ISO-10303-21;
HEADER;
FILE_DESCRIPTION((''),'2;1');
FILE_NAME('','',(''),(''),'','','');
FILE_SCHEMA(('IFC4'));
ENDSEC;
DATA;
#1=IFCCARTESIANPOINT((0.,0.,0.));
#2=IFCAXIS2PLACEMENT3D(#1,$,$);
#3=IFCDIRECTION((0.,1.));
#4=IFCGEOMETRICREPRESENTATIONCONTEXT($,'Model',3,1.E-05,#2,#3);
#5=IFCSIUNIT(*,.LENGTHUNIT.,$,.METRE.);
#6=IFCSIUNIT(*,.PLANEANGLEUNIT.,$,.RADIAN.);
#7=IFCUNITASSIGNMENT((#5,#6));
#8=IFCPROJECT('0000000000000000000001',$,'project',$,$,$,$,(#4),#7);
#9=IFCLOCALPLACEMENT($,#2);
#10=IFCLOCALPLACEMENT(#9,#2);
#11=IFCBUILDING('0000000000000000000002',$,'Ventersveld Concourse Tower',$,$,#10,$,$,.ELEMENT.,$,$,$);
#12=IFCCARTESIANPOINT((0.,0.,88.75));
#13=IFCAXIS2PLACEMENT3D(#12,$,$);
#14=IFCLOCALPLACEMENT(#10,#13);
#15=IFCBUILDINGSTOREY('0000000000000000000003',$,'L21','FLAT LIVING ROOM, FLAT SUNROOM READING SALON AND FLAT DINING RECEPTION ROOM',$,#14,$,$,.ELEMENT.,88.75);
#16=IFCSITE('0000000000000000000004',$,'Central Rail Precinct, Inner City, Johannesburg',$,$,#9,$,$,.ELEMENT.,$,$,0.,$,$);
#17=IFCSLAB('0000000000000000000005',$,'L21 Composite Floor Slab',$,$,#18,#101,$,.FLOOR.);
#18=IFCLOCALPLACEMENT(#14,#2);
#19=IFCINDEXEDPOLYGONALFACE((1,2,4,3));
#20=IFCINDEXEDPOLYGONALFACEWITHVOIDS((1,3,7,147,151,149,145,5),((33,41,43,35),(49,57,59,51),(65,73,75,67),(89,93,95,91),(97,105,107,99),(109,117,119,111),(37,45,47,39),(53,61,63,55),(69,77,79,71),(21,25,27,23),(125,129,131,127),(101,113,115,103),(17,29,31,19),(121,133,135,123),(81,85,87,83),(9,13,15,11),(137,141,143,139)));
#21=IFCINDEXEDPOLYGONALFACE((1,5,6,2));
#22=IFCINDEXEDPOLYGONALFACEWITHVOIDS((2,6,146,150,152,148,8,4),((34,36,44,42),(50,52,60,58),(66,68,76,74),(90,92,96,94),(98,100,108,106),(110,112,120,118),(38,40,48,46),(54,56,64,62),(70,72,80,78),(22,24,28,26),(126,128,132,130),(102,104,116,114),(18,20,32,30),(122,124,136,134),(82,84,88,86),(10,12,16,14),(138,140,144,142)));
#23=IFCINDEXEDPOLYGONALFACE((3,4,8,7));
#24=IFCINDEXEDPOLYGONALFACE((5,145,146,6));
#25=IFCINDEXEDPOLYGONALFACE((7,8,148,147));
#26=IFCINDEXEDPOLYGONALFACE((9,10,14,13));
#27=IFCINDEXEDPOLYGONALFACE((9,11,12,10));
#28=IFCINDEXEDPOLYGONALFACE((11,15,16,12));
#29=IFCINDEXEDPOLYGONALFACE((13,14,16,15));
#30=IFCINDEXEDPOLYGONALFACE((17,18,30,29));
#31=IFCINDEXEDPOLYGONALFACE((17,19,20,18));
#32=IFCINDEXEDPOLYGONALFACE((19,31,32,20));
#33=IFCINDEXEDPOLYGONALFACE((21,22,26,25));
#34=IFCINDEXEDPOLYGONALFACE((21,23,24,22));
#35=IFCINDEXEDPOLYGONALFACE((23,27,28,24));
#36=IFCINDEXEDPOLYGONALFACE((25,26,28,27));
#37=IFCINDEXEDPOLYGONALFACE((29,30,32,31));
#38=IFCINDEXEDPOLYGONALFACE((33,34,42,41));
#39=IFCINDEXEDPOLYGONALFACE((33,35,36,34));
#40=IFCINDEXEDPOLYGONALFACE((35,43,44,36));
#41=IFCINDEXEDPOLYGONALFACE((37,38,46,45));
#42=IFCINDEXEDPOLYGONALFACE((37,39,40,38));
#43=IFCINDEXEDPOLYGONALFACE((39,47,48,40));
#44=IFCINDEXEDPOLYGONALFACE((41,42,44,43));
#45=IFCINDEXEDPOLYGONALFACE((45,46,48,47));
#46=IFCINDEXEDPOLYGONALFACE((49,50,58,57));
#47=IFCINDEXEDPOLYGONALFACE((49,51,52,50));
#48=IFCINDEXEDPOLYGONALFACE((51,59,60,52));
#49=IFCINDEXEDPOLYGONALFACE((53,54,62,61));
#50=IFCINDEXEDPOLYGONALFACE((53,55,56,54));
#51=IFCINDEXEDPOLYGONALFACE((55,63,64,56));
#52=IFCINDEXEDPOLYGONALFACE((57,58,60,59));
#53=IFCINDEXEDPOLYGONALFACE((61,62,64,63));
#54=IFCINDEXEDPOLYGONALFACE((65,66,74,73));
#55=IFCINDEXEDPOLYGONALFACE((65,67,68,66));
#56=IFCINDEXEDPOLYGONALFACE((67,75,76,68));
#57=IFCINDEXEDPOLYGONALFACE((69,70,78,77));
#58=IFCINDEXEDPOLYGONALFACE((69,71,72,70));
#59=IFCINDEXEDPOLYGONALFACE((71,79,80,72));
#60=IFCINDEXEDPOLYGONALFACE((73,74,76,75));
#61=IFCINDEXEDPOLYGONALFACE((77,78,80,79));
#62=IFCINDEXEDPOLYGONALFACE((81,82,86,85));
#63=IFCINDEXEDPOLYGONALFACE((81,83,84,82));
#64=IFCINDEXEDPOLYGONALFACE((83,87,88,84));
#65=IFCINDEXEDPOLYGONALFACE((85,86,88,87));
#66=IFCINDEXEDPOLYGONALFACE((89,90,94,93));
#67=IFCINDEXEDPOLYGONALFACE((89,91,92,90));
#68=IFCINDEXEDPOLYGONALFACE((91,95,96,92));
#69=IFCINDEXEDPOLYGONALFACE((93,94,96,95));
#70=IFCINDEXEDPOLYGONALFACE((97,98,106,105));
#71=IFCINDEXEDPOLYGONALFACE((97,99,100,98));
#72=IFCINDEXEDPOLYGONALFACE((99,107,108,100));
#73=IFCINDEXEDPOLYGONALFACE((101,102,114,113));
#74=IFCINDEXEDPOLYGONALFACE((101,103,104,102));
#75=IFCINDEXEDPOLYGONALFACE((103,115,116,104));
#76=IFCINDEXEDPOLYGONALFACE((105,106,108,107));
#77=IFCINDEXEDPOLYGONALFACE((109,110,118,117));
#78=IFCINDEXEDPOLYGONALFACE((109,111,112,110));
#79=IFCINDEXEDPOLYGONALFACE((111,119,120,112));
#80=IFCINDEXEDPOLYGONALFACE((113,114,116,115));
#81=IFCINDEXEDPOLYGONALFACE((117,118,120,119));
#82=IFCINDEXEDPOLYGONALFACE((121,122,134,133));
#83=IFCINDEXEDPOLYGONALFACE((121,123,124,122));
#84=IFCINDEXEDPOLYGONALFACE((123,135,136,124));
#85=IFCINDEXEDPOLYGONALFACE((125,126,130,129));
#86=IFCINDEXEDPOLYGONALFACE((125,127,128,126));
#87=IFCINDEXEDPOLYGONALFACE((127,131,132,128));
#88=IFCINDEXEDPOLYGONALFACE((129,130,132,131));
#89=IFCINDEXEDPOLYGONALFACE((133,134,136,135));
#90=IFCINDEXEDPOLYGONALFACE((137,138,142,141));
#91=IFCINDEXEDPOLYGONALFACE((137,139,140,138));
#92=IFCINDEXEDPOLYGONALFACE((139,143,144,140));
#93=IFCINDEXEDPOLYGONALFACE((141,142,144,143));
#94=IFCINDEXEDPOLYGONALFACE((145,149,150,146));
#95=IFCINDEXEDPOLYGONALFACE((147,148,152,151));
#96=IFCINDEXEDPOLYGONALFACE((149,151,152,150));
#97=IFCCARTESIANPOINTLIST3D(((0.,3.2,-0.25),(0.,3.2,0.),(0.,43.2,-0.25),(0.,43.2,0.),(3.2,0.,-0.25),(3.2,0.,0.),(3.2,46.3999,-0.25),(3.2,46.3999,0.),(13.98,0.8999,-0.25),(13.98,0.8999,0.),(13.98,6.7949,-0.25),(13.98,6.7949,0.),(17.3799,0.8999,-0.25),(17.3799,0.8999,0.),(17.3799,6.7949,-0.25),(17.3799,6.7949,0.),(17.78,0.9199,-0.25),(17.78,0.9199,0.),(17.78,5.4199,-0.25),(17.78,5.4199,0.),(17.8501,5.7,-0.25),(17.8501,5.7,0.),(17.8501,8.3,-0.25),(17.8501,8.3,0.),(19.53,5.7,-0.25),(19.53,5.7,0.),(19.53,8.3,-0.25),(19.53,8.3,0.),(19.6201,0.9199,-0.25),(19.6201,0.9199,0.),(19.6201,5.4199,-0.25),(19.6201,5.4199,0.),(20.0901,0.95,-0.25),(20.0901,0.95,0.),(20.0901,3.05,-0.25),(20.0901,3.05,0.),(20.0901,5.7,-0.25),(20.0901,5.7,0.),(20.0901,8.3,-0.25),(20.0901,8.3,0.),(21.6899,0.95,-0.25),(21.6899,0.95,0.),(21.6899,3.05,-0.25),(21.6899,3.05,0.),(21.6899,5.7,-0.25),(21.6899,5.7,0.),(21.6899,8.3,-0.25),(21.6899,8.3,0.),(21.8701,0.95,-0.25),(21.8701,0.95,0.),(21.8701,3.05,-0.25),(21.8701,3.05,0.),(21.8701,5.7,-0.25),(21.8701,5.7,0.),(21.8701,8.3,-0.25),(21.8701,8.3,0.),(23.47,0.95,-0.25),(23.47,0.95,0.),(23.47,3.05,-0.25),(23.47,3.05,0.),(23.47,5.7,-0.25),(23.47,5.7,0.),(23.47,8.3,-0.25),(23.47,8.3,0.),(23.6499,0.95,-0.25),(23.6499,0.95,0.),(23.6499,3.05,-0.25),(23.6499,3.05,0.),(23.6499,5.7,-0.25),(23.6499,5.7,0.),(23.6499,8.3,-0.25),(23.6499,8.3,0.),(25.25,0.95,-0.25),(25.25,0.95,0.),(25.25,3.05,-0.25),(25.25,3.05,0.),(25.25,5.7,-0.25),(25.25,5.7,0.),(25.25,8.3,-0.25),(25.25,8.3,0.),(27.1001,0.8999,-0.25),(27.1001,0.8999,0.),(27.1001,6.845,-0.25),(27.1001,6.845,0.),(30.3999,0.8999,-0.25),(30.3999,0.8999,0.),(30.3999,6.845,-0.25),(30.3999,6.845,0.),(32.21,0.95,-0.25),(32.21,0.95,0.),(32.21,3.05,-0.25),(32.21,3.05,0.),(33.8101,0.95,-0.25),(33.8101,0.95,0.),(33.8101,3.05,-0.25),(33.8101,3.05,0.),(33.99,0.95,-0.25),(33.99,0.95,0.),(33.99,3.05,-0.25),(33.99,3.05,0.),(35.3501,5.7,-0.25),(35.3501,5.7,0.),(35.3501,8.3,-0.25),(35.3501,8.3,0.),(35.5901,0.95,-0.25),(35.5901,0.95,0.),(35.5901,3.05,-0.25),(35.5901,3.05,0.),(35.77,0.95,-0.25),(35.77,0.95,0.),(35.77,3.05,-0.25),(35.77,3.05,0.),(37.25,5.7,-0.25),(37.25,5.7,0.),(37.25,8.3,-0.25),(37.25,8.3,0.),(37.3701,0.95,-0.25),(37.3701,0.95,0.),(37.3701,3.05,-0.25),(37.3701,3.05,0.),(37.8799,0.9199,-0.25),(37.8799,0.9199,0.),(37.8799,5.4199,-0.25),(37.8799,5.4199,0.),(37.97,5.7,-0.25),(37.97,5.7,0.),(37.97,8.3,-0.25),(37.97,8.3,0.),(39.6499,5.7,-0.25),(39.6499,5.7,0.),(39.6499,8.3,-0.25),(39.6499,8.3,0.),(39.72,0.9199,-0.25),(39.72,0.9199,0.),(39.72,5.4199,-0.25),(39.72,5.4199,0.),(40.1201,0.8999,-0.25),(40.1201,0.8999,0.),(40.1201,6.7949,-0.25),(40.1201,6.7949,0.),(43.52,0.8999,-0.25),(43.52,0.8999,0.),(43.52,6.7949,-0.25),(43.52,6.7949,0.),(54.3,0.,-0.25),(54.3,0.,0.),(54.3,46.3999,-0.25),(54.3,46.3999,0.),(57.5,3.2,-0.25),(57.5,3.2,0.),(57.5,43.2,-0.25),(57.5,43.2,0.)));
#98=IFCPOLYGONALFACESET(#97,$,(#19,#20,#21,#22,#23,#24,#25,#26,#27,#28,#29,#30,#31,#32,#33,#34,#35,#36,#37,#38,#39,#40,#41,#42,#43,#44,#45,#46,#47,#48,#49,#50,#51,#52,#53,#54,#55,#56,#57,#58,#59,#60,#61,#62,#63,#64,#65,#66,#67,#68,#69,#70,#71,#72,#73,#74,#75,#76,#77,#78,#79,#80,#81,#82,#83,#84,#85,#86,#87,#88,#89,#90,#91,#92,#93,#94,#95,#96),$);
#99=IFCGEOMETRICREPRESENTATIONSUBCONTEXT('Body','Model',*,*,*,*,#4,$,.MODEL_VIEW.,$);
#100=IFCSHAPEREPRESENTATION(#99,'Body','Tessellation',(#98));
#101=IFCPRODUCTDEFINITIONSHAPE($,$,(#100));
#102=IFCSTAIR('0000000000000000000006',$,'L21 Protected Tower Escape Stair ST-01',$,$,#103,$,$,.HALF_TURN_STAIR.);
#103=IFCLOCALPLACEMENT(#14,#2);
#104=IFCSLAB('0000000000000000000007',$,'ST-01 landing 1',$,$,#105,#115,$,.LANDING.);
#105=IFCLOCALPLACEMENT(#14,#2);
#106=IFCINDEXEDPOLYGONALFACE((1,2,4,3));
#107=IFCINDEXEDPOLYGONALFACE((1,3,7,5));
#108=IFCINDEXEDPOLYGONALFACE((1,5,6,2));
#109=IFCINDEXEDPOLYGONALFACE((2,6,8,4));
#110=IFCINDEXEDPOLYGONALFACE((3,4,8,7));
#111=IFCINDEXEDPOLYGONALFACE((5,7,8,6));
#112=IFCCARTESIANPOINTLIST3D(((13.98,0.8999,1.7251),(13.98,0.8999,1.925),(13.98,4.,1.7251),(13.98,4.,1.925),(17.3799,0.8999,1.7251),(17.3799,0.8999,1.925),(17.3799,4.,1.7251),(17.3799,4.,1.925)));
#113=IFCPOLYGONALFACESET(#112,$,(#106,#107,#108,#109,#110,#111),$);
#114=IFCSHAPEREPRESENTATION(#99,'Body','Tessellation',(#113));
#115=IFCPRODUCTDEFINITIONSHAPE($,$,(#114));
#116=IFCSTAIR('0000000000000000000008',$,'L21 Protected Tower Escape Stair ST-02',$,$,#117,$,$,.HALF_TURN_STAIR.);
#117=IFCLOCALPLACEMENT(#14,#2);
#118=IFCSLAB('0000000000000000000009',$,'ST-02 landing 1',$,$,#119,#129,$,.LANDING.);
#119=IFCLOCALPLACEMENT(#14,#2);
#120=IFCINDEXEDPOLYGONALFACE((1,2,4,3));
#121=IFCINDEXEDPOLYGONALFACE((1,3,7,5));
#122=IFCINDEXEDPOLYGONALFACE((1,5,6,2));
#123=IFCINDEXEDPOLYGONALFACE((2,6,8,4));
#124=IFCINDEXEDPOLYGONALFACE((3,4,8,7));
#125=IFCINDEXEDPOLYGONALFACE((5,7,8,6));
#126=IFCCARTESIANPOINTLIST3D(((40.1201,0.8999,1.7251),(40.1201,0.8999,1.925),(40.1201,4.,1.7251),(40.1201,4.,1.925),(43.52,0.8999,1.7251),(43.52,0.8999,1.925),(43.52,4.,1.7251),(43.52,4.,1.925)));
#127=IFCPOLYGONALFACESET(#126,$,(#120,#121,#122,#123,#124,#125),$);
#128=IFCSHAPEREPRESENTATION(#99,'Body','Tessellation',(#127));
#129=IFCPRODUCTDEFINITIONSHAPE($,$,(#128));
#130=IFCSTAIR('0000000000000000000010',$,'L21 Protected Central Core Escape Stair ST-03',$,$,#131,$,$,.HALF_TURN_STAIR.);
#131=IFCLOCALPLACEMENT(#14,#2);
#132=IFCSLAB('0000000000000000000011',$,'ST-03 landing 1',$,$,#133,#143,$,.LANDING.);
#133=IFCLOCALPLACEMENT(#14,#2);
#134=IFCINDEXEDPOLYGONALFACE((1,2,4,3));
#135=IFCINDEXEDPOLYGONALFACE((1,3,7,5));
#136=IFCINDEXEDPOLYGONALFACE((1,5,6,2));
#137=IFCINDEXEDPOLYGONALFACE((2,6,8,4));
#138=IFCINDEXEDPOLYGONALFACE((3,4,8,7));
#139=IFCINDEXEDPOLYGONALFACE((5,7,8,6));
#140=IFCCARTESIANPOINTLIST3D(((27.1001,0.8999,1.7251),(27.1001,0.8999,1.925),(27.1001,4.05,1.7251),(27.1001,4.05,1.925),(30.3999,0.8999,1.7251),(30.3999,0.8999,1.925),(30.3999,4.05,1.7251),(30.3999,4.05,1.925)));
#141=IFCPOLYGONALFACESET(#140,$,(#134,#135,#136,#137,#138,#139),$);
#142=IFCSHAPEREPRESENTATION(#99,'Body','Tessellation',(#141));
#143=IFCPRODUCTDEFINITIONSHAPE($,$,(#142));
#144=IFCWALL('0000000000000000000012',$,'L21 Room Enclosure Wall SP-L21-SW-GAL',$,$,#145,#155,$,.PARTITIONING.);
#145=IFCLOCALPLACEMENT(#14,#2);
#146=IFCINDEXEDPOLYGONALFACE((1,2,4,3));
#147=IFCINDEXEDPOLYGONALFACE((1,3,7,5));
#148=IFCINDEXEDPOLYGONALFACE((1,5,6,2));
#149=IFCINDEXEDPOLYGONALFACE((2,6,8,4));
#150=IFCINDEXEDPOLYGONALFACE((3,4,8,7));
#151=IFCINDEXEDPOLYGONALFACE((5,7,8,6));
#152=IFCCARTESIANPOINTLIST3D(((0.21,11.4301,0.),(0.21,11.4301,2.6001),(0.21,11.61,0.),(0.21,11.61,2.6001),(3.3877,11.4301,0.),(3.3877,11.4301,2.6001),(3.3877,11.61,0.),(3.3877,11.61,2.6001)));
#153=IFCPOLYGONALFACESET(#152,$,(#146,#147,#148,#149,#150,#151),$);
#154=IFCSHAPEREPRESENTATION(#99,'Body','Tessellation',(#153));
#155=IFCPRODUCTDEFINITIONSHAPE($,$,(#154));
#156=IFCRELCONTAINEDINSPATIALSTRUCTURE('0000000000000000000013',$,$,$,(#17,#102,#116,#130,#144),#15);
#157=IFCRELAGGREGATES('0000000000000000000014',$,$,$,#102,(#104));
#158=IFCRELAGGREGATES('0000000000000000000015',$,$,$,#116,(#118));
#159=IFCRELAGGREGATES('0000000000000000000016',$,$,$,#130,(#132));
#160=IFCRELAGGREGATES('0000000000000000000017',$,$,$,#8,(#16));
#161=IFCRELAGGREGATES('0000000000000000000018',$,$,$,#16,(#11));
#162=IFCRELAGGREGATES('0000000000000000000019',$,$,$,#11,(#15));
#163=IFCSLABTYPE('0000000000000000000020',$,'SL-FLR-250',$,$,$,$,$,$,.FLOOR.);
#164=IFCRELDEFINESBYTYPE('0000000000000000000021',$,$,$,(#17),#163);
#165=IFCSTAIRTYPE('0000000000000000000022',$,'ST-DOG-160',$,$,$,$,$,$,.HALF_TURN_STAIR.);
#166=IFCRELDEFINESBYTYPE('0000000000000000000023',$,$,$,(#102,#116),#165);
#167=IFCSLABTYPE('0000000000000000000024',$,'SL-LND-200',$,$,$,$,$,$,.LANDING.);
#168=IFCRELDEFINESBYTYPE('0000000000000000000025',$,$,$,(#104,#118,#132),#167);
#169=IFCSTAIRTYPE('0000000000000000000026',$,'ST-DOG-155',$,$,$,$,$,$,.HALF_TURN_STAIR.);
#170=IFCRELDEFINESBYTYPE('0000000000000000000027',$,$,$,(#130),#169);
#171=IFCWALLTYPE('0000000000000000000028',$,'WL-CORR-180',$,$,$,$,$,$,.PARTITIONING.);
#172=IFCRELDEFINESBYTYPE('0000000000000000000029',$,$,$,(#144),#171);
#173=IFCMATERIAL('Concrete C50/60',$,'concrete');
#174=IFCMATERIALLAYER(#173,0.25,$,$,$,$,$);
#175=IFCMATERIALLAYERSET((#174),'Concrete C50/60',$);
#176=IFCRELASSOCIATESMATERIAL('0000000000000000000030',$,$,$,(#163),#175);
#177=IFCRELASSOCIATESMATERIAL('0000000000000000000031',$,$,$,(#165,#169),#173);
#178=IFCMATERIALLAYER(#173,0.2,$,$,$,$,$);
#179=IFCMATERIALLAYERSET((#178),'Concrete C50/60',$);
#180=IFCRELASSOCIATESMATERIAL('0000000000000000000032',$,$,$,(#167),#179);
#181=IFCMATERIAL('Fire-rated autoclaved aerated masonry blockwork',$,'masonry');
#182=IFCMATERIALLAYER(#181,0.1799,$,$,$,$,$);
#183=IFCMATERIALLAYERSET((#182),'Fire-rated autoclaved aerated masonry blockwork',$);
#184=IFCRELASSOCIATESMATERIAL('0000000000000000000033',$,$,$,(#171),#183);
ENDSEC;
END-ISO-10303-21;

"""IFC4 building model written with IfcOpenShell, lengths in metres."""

from ifc_helpers import new_model, si_unit, direction, frame, frame_2d, origin, place, context, subcontext, project, spatial, polyline, rectangle, outline, extrude, material, layer, layer_set, type_object, element, aggregate, save


model = new_model("IFC4")

# Units and contexts
model_context = context("Model", 3, precision=1e-05, world=origin(), true_north=direction((0.0, 1.0)))
body_context = subcontext(model_context, "Body", "Model", "MODEL_VIEW")
ifc_project = project(units=[si_unit("LENGTHUNIT", "METRE"), si_unit("PLANEANGLEUNIT", "RADIAN")], contexts=[model_context])

# Site, building, storey
site_placement = place(None, origin())
site = spatial("IfcSite", under=ifc_project, at=site_placement, Name="Central Rail Precinct, Inner City, Johannesburg", CompositionType="ELEMENT", RefElevation=0.0)
building_placement = place(site_placement, origin())
building = spatial("IfcBuilding", under=site, at=building_placement, Name="Ventersveld Concourse Tower", CompositionType="ELEMENT")
storey_placement = place(building_placement, frame((0.0, 0.0, 88.75)))
storey = spatial("IfcBuildingStorey", under=building, at=storey_placement, Name="L21", Description="FLAT LIVING ROOM, FLAT SUNROOM READING SALON AND FLAT DINING RECEPTION ROOM", CompositionType="ELEMENT", Elevation=88.75)

# Slab
ifc_material_1 = material(Name="Concrete C50/60", Category="concrete")
ifc_layer_1 = layer(ifc_material_1, 0.25)
ifc_layer_set_1 = layer_set([ifc_layer_1], Name="Concrete C50/60")
slab_type_1 = type_object("IfcSlabType", Name="SL-FLR-250", PredefinedType="FLOOR", material=ifc_layer_set_1)
slab_1_placement = place(storey_placement, frame((0.0, 0.0, -0.25)))
element("IfcSlab", 1, at=slab_1_placement, inside=storey, type_object=slab_type_1, Name="L21 Composite Floor Slab", PredefinedType="FLOOR", context=body_context, shape_type="SweptSolid", body=[
    extrude(outline(polyline([(3.2, 0.0), (54.3, 0.0), (57.5, 3.2), (57.5, 43.2), (54.3, 46.3999), (3.2, 46.3999), (0.0, 43.2), (0.0, 3.2), (3.2, 0.0)]), holes=[polyline([(13.98, 6.7949), (13.98, 0.8999), (17.3799, 0.8999), (17.3799, 6.7949), (13.98, 6.7949)]), polyline([(40.1201, 6.7949), (40.1201, 0.8999), (43.52, 0.8999), (43.52, 6.7949), (40.1201, 6.7949)]), polyline([(27.1001, 6.845), (27.1001, 0.8999), (30.3999, 0.8999), (30.3999, 6.845), (27.1001, 6.845)]), polyline([(17.8501, 5.7), (19.53, 5.7), (19.53, 8.3), (17.8501, 8.3), (17.8501, 5.7)]), polyline([(37.97, 5.7), (39.6499, 5.7), (39.6499, 8.3), (37.97, 8.3), (37.97, 5.7)]), polyline([(35.3501, 5.7), (37.25, 5.7), (37.25, 8.3), (35.3501, 8.3), (35.3501, 5.7)]), polyline([(20.0901, 0.95), (21.6899, 0.95), (21.6899, 3.05), (20.0901, 3.05), (20.0901, 0.95)]), polyline([(21.8701, 0.95), (23.47, 0.95), (23.47, 3.05), (21.8701, 3.05), (21.8701, 0.95)]), polyline([(23.6499, 0.95), (25.25, 0.95), (25.25, 3.05), (23.6499, 3.05), (23.6499, 0.95)]), polyline([(32.21, 0.95), (33.8101, 0.95), (33.8101, 3.05), (32.21, 3.05), (32.21, 0.95)]), polyline([(33.99, 0.95), (35.5901, 0.95), (35.5901, 3.05), (33.99, 3.05), (33.99, 0.95)]), polyline([(35.77, 0.95), (37.3701, 0.95), (37.3701, 3.05), (35.77, 3.05), (35.77, 0.95)]), polyline([(20.0901, 5.7), (21.6899, 5.7), (21.6899, 8.3), (20.0901, 8.3), (20.0901, 5.7)]), polyline([(21.8701, 5.7), (23.47, 5.7), (23.47, 8.3), (21.8701, 8.3), (21.8701, 5.7)]), polyline([(23.6499, 5.7), (25.25, 5.7), (25.25, 8.3), (23.6499, 8.3), (23.6499, 5.7)]), polyline([(17.78, 0.9199), (19.6201, 0.9199), (19.6201, 5.4199), (17.78, 5.4199), (17.78, 0.9199)]), polyline([(37.8799, 0.9199), (39.72, 0.9199), (39.72, 5.4199), (37.8799, 5.4199), (37.8799, 0.9199)])]), origin(), (0.0, 0.0, 1.0), 0.25),
])

# Stairs, slabs
stair_type_1 = type_object("IfcStairType", Name="ST-DOG-160", PredefinedType="HALF_TURN_STAIR", material=ifc_material_1)
stair_1_placement = place(storey_placement, origin())
stair_1 = element("IfcStair", 2, at=stair_1_placement, inside=storey, type_object=stair_type_1, Name="L21 Protected Tower Escape Stair ST-01", PredefinedType="HALF_TURN_STAIR")
ifc_layer_2 = layer(ifc_material_1, 0.2)
ifc_layer_set_2 = layer_set([ifc_layer_2], Name="Concrete C50/60")
slab_type_2 = type_object("IfcSlabType", Name="SL-LND-200", PredefinedType="LANDING", material=ifc_layer_set_2)
slab_2_placement = place(storey_placement, frame((0.0, 0.0, 1.7251)))
slab_2 = element("IfcSlab", 3, at=slab_2_placement, type_object=slab_type_2, Name="ST-01 landing 1", PredefinedType="LANDING", context=body_context, shape_type="SweptSolid", body=[
    extrude(outline(polyline([(13.98, 4.0), (13.98, 0.8999), (17.3799, 0.8999), (17.3799, 4.0), (13.98, 4.0)])), origin(), (0.0, 0.0, 1.0), 0.2),
])
aggregate(stair_1, [slab_2])
stair_2_placement = place(storey_placement, origin())
stair_2 = element("IfcStair", 4, at=stair_2_placement, inside=storey, type_object=stair_type_1, Name="L21 Protected Tower Escape Stair ST-02", PredefinedType="HALF_TURN_STAIR")
slab_3_placement = place(storey_placement, frame((0.0, 0.0, 1.7251)))
slab_3 = element("IfcSlab", 5, at=slab_3_placement, type_object=slab_type_2, Name="ST-02 landing 1", PredefinedType="LANDING", context=body_context, shape_type="SweptSolid", body=[
    extrude(outline(polyline([(40.1201, 4.0), (40.1201, 0.8999), (43.52, 0.8999), (43.52, 4.0), (40.1201, 4.0)])), origin(), (0.0, 0.0, 1.0), 0.2),
])
aggregate(stair_2, [slab_3])
stair_type_2 = type_object("IfcStairType", Name="ST-DOG-155", PredefinedType="HALF_TURN_STAIR", material=ifc_material_1)
stair_3_placement = place(storey_placement, origin())
stair_3 = element("IfcStair", 6, at=stair_3_placement, inside=storey, type_object=stair_type_2, Name="L21 Protected Central Core Escape Stair ST-03", PredefinedType="HALF_TURN_STAIR")
slab_4_placement = place(storey_placement, frame((0.0, 0.0, 1.7251)))
slab_4 = element("IfcSlab", 7, at=slab_4_placement, type_object=slab_type_2, Name="ST-03 landing 1", PredefinedType="LANDING", context=body_context, shape_type="SweptSolid", body=[
    extrude(outline(polyline([(27.1001, 4.05), (27.1001, 0.8999), (30.3999, 0.8999), (30.3999, 4.05), (27.1001, 4.05)])), origin(), (0.0, 0.0, 1.0), 0.2),
])
aggregate(stair_3, [slab_4])

# Wall
ifc_material_2 = material(Name="Fire-rated autoclaved aerated masonry blockwork", Category="masonry")
ifc_layer_3 = layer(ifc_material_2, 0.1799)
ifc_layer_set_3 = layer_set([ifc_layer_3], Name="Fire-rated autoclaved aerated masonry blockwork")
wall_type_1 = type_object("IfcWallType", Name="WL-CORR-180", PredefinedType="PARTITIONING", material=ifc_layer_set_3)
wall_1_placement = place(storey_placement, frame((0.21, 11.52, 0.0), z_axis=(0.0, 0.0, 1.0), x_axis=(1.0, 0.0, 0.0)))
element("IfcWall", 8, at=wall_1_placement, inside=storey, type_object=wall_type_1, Name="L21 Room Enclosure Wall SP-L21-SW-GAL", PredefinedType="PARTITIONING", context=body_context, shape_type="SweptSolid", body=[
    extrude(rectangle(XDim=3.1777, YDim=0.1799, at=frame_2d((1.5889, 0.0))), origin(), (0.0, 0.0, 1.0), 2.6001),
])

save(model, "model.ifc")
